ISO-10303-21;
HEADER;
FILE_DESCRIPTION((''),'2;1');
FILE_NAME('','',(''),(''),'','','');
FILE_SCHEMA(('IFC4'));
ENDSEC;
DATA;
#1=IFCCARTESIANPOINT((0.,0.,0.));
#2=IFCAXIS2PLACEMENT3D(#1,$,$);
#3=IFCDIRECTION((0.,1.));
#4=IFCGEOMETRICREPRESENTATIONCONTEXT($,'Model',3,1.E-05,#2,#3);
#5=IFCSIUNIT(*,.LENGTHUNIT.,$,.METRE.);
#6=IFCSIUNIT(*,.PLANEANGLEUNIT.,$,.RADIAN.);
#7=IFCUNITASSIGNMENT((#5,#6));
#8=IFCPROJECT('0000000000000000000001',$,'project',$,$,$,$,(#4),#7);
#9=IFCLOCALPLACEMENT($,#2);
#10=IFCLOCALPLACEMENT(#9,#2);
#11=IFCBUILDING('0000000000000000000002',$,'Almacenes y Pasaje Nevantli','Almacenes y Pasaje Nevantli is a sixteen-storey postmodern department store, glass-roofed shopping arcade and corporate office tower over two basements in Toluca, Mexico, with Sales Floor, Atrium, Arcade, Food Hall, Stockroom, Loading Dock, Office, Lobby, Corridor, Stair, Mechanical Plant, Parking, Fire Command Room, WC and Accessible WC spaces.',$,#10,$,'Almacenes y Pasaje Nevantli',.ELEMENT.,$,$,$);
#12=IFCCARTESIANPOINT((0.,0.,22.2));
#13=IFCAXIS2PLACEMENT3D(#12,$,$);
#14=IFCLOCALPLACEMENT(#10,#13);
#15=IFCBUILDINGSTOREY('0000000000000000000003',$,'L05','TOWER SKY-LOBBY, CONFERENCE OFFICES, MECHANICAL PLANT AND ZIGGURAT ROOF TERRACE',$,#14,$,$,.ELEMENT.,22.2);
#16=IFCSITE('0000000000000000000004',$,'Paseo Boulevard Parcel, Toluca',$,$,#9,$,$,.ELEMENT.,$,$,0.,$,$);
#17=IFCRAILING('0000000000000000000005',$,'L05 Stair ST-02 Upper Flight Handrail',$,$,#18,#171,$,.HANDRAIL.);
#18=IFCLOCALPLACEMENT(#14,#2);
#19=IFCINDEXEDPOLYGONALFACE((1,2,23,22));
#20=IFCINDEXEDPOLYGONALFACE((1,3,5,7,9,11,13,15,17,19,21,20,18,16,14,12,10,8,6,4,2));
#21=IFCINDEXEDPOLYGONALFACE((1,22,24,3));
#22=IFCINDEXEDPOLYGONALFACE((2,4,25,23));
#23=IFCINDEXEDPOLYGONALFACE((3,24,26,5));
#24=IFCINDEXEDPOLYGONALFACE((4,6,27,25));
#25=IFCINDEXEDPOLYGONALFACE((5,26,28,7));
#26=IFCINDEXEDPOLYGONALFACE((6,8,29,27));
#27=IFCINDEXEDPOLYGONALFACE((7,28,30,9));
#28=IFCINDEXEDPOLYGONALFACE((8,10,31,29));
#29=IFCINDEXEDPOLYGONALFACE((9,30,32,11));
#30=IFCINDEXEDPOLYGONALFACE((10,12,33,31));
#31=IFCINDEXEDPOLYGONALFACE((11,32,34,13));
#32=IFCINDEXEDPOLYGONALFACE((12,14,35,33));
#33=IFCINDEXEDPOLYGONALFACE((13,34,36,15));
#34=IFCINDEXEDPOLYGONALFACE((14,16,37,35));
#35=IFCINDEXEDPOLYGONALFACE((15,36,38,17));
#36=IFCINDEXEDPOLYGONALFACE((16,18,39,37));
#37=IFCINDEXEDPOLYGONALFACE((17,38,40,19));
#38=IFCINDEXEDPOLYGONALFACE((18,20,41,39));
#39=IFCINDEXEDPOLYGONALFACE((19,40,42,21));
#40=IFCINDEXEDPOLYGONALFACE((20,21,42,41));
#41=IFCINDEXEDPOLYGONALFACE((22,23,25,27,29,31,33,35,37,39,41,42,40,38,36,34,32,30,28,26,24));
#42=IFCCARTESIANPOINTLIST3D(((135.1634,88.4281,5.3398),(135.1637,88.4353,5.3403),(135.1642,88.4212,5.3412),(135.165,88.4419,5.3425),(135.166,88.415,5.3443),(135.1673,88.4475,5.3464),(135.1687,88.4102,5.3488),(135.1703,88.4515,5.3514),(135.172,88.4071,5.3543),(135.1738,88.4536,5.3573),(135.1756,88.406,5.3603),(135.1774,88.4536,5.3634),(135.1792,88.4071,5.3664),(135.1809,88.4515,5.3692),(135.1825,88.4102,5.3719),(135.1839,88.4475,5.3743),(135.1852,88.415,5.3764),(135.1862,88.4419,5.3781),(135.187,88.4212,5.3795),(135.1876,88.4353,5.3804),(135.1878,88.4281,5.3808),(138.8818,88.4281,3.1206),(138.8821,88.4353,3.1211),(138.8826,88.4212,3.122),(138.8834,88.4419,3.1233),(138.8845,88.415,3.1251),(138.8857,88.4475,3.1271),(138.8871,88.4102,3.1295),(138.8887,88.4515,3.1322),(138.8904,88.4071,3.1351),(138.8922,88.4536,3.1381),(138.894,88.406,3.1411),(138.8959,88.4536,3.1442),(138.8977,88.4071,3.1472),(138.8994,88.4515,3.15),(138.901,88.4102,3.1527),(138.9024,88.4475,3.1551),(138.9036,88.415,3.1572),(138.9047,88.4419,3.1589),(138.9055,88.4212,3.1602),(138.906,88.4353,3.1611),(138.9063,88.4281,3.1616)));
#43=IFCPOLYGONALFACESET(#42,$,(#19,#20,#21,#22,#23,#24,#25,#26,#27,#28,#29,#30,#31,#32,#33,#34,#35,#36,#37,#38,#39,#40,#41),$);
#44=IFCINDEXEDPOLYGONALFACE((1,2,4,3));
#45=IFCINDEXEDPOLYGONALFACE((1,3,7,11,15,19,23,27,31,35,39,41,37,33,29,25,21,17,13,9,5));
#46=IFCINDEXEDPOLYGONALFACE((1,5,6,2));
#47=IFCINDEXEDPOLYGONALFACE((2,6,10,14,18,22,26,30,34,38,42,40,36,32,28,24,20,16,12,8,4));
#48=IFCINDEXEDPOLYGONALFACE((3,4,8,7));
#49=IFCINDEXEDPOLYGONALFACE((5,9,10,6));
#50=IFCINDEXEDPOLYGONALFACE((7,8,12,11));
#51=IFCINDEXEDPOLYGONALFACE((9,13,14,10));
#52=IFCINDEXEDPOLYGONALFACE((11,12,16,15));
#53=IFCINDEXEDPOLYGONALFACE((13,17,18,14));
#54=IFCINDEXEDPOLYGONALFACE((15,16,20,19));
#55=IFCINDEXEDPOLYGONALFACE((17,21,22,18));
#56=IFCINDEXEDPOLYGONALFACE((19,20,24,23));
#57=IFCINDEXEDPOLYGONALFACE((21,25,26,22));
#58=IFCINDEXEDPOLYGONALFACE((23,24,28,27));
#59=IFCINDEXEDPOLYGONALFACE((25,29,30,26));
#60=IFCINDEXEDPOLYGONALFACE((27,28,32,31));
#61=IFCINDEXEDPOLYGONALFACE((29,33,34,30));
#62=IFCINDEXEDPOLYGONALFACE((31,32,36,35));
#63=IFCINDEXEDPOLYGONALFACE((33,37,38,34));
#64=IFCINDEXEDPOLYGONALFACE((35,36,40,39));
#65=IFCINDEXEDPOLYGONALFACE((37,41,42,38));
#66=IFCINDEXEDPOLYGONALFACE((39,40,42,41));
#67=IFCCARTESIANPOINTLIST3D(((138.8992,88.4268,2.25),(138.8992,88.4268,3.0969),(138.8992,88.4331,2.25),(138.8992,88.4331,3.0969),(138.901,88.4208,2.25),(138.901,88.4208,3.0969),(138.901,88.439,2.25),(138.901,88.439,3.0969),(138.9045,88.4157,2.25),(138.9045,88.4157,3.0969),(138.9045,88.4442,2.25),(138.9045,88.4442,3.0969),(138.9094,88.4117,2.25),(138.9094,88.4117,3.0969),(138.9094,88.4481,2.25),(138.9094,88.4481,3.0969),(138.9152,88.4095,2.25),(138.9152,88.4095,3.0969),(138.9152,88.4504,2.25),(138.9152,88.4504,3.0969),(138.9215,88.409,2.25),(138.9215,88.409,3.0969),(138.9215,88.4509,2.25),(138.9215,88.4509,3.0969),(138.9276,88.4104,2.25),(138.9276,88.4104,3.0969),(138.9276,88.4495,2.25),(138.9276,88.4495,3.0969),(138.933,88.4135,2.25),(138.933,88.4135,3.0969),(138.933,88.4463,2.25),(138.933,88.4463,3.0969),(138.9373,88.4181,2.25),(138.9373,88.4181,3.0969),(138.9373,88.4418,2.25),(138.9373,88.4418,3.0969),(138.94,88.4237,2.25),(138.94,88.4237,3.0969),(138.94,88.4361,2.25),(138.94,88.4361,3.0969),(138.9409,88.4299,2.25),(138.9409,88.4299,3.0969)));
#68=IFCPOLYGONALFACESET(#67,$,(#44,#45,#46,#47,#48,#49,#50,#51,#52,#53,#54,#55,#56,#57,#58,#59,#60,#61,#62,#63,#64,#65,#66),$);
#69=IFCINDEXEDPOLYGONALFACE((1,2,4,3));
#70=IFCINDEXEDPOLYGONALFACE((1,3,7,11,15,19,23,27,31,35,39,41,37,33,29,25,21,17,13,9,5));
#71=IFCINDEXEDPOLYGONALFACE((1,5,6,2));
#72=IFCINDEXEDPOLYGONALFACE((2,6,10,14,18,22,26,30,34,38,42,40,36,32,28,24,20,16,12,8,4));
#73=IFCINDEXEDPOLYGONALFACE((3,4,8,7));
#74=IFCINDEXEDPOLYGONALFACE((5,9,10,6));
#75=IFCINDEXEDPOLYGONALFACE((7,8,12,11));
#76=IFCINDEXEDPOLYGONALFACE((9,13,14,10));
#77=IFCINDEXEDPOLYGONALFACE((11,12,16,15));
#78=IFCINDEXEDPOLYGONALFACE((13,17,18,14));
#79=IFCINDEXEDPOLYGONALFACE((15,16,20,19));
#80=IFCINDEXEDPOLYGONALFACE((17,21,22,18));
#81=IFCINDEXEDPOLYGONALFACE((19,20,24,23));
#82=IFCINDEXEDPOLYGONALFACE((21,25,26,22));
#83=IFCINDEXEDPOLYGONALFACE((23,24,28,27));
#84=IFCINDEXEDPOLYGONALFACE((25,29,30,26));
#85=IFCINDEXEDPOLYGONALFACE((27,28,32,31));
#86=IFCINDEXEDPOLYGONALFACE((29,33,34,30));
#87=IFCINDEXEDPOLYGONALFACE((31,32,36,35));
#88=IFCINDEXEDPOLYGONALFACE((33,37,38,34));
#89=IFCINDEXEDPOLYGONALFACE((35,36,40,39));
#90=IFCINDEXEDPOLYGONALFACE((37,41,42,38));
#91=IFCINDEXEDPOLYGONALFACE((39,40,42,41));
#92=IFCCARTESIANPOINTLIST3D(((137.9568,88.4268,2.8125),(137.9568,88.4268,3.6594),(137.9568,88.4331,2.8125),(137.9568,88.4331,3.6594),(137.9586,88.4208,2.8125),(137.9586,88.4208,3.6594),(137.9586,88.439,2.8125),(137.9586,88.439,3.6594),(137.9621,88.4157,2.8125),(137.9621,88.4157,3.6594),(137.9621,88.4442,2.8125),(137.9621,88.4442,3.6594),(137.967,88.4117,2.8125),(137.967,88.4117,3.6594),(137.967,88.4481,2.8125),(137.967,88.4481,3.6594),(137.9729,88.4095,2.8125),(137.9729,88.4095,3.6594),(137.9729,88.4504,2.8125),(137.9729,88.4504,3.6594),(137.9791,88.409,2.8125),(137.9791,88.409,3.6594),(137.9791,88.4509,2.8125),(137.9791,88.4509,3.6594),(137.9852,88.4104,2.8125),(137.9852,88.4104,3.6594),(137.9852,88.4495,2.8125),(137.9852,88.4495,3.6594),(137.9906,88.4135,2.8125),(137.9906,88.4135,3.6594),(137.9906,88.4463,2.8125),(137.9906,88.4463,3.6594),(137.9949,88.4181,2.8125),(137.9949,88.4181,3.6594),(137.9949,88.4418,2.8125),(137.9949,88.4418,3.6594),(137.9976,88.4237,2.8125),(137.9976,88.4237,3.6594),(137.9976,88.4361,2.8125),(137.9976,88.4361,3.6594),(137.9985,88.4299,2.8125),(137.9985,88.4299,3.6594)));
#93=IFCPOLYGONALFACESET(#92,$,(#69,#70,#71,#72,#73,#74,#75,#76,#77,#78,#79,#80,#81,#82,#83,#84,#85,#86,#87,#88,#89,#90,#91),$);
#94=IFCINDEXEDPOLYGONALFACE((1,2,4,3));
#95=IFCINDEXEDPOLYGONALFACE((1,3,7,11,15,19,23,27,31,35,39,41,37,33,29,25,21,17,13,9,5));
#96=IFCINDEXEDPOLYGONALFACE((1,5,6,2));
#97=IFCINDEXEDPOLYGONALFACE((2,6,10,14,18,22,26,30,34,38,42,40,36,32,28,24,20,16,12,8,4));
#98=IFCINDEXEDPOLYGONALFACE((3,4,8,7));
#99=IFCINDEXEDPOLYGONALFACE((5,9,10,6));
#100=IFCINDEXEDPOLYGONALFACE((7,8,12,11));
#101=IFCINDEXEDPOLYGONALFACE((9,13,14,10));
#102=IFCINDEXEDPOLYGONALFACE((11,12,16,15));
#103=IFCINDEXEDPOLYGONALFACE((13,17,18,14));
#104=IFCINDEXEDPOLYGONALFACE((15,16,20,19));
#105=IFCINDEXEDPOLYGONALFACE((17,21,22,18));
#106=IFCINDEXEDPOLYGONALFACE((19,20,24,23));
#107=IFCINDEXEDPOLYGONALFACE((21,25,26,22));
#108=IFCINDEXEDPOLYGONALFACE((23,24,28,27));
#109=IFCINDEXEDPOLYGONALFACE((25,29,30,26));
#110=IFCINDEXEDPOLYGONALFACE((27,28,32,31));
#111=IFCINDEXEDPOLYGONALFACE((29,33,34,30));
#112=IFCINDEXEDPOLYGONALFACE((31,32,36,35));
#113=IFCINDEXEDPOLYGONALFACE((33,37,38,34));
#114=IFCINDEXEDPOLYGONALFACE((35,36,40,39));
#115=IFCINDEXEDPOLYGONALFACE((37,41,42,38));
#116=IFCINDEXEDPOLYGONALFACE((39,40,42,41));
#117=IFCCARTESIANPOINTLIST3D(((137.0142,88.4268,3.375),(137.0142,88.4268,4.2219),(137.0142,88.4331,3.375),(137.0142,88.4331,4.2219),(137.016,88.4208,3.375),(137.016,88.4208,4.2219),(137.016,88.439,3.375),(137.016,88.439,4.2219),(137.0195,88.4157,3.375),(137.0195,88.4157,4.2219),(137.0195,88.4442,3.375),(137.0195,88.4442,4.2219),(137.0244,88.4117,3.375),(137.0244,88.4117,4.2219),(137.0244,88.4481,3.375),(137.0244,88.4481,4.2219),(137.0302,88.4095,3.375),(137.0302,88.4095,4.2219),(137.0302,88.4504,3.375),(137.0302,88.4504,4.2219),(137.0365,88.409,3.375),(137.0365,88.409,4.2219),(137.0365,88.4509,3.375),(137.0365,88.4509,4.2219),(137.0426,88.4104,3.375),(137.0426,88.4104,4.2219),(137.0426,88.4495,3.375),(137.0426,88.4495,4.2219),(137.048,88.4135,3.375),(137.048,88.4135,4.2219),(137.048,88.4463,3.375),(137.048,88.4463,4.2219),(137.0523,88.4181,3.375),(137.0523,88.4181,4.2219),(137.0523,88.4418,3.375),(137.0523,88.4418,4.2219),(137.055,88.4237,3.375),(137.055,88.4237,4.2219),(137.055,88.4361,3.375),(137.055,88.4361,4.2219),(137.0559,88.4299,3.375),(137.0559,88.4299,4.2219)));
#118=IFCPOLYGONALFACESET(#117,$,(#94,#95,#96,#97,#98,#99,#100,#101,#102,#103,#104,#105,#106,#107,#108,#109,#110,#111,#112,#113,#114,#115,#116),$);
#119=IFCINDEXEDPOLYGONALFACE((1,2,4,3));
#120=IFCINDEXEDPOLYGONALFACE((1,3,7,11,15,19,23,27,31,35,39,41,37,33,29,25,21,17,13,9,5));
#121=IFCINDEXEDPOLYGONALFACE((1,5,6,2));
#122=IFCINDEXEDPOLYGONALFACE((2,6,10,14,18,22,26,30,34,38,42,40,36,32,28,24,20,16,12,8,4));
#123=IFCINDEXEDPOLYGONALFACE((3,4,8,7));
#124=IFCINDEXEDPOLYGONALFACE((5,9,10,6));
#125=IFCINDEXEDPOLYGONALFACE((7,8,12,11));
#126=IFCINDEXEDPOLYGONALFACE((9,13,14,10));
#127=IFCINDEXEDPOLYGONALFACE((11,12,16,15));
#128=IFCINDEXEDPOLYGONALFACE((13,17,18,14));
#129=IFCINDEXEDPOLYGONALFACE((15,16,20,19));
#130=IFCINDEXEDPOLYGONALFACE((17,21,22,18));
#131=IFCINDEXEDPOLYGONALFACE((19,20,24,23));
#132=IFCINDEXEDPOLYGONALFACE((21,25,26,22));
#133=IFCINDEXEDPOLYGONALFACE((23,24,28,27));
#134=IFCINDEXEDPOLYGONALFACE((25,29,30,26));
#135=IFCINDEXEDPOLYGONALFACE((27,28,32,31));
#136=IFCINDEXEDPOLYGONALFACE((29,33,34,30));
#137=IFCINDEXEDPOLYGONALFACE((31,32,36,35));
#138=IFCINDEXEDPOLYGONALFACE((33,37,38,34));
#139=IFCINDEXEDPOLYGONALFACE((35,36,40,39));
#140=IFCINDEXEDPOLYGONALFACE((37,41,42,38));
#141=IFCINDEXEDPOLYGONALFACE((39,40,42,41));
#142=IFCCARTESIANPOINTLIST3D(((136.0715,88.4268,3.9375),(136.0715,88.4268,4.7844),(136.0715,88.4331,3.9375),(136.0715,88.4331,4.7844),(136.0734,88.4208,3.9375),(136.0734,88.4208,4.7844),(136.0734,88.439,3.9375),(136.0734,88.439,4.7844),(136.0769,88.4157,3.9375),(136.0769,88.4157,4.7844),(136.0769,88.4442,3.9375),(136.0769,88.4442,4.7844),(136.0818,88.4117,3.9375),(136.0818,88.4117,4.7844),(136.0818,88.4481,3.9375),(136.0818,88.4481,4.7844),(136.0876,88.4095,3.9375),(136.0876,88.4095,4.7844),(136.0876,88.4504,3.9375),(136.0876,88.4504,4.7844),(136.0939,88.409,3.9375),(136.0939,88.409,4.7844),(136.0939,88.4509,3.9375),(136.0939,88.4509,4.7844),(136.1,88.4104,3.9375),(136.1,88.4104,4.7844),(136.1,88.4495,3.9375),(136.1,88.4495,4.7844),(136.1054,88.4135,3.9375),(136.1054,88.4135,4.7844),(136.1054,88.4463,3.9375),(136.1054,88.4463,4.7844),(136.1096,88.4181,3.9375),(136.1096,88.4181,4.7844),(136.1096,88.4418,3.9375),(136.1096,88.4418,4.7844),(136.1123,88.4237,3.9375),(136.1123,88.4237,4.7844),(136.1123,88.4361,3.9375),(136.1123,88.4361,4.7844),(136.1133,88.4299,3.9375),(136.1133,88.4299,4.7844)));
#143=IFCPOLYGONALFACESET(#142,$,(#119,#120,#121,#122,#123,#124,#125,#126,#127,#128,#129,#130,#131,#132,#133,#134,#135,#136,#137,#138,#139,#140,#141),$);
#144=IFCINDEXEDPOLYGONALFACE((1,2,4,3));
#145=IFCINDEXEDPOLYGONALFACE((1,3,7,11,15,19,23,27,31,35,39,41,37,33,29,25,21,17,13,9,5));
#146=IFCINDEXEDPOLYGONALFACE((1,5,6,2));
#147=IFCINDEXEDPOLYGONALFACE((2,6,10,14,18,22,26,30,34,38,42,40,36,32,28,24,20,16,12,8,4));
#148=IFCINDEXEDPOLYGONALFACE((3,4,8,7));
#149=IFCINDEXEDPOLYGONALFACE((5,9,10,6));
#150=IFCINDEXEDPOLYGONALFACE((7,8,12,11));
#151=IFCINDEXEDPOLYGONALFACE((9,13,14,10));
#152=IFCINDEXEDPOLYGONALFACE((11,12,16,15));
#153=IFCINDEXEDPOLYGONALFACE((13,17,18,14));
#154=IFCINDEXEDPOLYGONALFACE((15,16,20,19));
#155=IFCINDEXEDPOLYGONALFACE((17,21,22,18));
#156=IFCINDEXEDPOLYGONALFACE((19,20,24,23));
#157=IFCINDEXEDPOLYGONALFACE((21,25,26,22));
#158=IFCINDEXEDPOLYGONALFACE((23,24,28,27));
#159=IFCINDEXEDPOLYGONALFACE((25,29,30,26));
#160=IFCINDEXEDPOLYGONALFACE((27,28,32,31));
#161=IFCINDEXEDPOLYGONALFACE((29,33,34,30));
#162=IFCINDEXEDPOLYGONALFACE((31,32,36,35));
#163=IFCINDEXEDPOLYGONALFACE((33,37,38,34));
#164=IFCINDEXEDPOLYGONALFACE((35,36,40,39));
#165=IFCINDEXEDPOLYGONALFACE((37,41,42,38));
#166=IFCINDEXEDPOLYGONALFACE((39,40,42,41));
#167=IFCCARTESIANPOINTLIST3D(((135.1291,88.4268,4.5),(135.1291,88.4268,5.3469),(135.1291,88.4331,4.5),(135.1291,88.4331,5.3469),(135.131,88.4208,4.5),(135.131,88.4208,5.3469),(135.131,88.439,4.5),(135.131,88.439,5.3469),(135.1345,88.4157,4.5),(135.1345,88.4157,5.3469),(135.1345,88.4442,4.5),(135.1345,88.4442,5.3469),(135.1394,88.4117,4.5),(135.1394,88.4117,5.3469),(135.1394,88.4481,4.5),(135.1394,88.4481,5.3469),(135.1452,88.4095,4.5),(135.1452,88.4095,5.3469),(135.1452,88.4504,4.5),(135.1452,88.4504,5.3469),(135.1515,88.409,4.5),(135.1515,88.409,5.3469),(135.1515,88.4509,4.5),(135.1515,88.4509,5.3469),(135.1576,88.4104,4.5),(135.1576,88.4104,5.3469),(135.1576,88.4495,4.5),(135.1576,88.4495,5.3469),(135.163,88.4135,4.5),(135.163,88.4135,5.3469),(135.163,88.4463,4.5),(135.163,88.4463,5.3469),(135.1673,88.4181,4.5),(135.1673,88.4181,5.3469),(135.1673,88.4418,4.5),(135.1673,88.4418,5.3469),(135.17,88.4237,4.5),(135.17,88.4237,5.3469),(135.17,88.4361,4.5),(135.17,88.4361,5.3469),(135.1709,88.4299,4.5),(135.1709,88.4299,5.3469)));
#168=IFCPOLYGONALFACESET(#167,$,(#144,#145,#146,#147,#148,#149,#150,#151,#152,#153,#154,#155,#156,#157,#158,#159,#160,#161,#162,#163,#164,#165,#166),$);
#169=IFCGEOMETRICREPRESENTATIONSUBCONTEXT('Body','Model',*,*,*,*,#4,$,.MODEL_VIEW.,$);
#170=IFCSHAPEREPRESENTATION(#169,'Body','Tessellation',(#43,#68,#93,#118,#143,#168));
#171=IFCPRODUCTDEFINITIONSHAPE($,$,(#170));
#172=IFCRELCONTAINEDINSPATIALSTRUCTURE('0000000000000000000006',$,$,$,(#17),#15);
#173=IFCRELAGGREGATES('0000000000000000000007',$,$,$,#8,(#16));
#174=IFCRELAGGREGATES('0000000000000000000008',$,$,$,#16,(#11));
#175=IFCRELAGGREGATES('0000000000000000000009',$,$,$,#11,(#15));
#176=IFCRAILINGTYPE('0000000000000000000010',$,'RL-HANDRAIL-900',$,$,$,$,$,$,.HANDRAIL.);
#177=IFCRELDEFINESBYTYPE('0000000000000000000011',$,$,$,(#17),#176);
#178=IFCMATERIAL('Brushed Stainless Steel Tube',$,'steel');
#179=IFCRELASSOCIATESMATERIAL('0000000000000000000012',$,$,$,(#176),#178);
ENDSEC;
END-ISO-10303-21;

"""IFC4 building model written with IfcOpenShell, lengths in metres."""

from ifc_helpers import new_model, si_unit, direction, frame, origin, origin_2d, place, context, subcontext, project, spatial, circle, extrude, material, type_object, element, save


model = new_model("IFC4")

# Units and contexts
model_context = context("Model", 3, precision=1e-05, world=origin(), true_north=direction((0.0, 1.0)))
body_context = subcontext(model_context, "Body", "Model", "MODEL_VIEW")
ifc_project = project(units=[si_unit("LENGTHUNIT", "METRE"), si_unit("PLANEANGLEUNIT", "RADIAN")], contexts=[model_context])

# Site, building, storey
site_placement = place(None, origin())
site = spatial("IfcSite", under=ifc_project, at=site_placement, Name="Paseo Boulevard Parcel, Toluca", CompositionType="ELEMENT", RefElevation=0.0)
building_placement = place(site_placement, origin())
building = spatial("IfcBuilding", under=site, at=building_placement, Name="Almacenes y Pasaje Nevantli", Description="Almacenes y Pasaje Nevantli is a sixteen-storey postmodern department store, glass-roofed shopping arcade and corporate office tower over two basements in Toluca, Mexico, with Sales Floor, Atrium, Arcade, Food Hall, Stockroom, Loading Dock, Office, Lobby, Corridor, Stair, Mechanical Plant, Parking, Fire Command Room, WC and Accessible WC spaces.", LongName="Almacenes y Pasaje Nevantli", CompositionType="ELEMENT")
storey_placement = place(building_placement, frame((0.0, 0.0, 22.2)))
storey = spatial("IfcBuildingStorey", under=building, at=storey_placement, Name="L05", Description="TOWER SKY-LOBBY, CONFERENCE OFFICES, MECHANICAL PLANT AND ZIGGURAT ROOF TERRACE", CompositionType="ELEMENT", Elevation=22.2)

# Railing
ifc_material_1 = material(Name="Brushed Stainless Steel Tube", Category="steel")
railing_type = type_object("IfcRailingType", Name="RL-HANDRAIL-900", PredefinedType="HANDRAIL", material=ifc_material_1)
railing_placement = place(storey_placement, frame((138.9199, 88.4299, 2.25)))
element("IfcRailing", 1, at=railing_placement, inside=storey, type_object=railing_type, Name="L05 Stair ST-02 Upper Flight Handrail", PredefinedType="HANDRAIL", context=body_context, shape_type="SweptSolid", body=[
    extrude(circle(Radius=0.0239, at=origin_2d()), frame((-0.0259, 0.0, 0.8911), z_axis=(-0.858698, 0.0, 0.512483), x_axis=(0.0, -1.0, 0.0)), (0.0, 0.0, 1.0), 4.3303),
    extrude(circle(Radius=0.021, at=origin_2d()), origin(), (0.0, 0.0, 1.0), 0.8469),
    extrude(circle(Radius=0.021, at=origin_2d()), frame((-0.9424, 0.0, 0.5625)), (0.0, 0.0, 1.0), 0.8469),
    extrude(circle(Radius=0.021, at=origin_2d()), frame((-1.885, 0.0, 1.125)), (0.0, 0.0, 1.0), 0.8469),
    extrude(circle(Radius=0.021, at=origin_2d()), frame((-2.8276, 0.0, 1.6875)), (0.0, 0.0, 1.0), 0.8469),
    extrude(circle(Radius=0.021, at=origin_2d()), frame((-3.77, 0.0, 2.25)), (0.0, 0.0, 1.0), 0.8469),
])

save(model, "model.ifc")
